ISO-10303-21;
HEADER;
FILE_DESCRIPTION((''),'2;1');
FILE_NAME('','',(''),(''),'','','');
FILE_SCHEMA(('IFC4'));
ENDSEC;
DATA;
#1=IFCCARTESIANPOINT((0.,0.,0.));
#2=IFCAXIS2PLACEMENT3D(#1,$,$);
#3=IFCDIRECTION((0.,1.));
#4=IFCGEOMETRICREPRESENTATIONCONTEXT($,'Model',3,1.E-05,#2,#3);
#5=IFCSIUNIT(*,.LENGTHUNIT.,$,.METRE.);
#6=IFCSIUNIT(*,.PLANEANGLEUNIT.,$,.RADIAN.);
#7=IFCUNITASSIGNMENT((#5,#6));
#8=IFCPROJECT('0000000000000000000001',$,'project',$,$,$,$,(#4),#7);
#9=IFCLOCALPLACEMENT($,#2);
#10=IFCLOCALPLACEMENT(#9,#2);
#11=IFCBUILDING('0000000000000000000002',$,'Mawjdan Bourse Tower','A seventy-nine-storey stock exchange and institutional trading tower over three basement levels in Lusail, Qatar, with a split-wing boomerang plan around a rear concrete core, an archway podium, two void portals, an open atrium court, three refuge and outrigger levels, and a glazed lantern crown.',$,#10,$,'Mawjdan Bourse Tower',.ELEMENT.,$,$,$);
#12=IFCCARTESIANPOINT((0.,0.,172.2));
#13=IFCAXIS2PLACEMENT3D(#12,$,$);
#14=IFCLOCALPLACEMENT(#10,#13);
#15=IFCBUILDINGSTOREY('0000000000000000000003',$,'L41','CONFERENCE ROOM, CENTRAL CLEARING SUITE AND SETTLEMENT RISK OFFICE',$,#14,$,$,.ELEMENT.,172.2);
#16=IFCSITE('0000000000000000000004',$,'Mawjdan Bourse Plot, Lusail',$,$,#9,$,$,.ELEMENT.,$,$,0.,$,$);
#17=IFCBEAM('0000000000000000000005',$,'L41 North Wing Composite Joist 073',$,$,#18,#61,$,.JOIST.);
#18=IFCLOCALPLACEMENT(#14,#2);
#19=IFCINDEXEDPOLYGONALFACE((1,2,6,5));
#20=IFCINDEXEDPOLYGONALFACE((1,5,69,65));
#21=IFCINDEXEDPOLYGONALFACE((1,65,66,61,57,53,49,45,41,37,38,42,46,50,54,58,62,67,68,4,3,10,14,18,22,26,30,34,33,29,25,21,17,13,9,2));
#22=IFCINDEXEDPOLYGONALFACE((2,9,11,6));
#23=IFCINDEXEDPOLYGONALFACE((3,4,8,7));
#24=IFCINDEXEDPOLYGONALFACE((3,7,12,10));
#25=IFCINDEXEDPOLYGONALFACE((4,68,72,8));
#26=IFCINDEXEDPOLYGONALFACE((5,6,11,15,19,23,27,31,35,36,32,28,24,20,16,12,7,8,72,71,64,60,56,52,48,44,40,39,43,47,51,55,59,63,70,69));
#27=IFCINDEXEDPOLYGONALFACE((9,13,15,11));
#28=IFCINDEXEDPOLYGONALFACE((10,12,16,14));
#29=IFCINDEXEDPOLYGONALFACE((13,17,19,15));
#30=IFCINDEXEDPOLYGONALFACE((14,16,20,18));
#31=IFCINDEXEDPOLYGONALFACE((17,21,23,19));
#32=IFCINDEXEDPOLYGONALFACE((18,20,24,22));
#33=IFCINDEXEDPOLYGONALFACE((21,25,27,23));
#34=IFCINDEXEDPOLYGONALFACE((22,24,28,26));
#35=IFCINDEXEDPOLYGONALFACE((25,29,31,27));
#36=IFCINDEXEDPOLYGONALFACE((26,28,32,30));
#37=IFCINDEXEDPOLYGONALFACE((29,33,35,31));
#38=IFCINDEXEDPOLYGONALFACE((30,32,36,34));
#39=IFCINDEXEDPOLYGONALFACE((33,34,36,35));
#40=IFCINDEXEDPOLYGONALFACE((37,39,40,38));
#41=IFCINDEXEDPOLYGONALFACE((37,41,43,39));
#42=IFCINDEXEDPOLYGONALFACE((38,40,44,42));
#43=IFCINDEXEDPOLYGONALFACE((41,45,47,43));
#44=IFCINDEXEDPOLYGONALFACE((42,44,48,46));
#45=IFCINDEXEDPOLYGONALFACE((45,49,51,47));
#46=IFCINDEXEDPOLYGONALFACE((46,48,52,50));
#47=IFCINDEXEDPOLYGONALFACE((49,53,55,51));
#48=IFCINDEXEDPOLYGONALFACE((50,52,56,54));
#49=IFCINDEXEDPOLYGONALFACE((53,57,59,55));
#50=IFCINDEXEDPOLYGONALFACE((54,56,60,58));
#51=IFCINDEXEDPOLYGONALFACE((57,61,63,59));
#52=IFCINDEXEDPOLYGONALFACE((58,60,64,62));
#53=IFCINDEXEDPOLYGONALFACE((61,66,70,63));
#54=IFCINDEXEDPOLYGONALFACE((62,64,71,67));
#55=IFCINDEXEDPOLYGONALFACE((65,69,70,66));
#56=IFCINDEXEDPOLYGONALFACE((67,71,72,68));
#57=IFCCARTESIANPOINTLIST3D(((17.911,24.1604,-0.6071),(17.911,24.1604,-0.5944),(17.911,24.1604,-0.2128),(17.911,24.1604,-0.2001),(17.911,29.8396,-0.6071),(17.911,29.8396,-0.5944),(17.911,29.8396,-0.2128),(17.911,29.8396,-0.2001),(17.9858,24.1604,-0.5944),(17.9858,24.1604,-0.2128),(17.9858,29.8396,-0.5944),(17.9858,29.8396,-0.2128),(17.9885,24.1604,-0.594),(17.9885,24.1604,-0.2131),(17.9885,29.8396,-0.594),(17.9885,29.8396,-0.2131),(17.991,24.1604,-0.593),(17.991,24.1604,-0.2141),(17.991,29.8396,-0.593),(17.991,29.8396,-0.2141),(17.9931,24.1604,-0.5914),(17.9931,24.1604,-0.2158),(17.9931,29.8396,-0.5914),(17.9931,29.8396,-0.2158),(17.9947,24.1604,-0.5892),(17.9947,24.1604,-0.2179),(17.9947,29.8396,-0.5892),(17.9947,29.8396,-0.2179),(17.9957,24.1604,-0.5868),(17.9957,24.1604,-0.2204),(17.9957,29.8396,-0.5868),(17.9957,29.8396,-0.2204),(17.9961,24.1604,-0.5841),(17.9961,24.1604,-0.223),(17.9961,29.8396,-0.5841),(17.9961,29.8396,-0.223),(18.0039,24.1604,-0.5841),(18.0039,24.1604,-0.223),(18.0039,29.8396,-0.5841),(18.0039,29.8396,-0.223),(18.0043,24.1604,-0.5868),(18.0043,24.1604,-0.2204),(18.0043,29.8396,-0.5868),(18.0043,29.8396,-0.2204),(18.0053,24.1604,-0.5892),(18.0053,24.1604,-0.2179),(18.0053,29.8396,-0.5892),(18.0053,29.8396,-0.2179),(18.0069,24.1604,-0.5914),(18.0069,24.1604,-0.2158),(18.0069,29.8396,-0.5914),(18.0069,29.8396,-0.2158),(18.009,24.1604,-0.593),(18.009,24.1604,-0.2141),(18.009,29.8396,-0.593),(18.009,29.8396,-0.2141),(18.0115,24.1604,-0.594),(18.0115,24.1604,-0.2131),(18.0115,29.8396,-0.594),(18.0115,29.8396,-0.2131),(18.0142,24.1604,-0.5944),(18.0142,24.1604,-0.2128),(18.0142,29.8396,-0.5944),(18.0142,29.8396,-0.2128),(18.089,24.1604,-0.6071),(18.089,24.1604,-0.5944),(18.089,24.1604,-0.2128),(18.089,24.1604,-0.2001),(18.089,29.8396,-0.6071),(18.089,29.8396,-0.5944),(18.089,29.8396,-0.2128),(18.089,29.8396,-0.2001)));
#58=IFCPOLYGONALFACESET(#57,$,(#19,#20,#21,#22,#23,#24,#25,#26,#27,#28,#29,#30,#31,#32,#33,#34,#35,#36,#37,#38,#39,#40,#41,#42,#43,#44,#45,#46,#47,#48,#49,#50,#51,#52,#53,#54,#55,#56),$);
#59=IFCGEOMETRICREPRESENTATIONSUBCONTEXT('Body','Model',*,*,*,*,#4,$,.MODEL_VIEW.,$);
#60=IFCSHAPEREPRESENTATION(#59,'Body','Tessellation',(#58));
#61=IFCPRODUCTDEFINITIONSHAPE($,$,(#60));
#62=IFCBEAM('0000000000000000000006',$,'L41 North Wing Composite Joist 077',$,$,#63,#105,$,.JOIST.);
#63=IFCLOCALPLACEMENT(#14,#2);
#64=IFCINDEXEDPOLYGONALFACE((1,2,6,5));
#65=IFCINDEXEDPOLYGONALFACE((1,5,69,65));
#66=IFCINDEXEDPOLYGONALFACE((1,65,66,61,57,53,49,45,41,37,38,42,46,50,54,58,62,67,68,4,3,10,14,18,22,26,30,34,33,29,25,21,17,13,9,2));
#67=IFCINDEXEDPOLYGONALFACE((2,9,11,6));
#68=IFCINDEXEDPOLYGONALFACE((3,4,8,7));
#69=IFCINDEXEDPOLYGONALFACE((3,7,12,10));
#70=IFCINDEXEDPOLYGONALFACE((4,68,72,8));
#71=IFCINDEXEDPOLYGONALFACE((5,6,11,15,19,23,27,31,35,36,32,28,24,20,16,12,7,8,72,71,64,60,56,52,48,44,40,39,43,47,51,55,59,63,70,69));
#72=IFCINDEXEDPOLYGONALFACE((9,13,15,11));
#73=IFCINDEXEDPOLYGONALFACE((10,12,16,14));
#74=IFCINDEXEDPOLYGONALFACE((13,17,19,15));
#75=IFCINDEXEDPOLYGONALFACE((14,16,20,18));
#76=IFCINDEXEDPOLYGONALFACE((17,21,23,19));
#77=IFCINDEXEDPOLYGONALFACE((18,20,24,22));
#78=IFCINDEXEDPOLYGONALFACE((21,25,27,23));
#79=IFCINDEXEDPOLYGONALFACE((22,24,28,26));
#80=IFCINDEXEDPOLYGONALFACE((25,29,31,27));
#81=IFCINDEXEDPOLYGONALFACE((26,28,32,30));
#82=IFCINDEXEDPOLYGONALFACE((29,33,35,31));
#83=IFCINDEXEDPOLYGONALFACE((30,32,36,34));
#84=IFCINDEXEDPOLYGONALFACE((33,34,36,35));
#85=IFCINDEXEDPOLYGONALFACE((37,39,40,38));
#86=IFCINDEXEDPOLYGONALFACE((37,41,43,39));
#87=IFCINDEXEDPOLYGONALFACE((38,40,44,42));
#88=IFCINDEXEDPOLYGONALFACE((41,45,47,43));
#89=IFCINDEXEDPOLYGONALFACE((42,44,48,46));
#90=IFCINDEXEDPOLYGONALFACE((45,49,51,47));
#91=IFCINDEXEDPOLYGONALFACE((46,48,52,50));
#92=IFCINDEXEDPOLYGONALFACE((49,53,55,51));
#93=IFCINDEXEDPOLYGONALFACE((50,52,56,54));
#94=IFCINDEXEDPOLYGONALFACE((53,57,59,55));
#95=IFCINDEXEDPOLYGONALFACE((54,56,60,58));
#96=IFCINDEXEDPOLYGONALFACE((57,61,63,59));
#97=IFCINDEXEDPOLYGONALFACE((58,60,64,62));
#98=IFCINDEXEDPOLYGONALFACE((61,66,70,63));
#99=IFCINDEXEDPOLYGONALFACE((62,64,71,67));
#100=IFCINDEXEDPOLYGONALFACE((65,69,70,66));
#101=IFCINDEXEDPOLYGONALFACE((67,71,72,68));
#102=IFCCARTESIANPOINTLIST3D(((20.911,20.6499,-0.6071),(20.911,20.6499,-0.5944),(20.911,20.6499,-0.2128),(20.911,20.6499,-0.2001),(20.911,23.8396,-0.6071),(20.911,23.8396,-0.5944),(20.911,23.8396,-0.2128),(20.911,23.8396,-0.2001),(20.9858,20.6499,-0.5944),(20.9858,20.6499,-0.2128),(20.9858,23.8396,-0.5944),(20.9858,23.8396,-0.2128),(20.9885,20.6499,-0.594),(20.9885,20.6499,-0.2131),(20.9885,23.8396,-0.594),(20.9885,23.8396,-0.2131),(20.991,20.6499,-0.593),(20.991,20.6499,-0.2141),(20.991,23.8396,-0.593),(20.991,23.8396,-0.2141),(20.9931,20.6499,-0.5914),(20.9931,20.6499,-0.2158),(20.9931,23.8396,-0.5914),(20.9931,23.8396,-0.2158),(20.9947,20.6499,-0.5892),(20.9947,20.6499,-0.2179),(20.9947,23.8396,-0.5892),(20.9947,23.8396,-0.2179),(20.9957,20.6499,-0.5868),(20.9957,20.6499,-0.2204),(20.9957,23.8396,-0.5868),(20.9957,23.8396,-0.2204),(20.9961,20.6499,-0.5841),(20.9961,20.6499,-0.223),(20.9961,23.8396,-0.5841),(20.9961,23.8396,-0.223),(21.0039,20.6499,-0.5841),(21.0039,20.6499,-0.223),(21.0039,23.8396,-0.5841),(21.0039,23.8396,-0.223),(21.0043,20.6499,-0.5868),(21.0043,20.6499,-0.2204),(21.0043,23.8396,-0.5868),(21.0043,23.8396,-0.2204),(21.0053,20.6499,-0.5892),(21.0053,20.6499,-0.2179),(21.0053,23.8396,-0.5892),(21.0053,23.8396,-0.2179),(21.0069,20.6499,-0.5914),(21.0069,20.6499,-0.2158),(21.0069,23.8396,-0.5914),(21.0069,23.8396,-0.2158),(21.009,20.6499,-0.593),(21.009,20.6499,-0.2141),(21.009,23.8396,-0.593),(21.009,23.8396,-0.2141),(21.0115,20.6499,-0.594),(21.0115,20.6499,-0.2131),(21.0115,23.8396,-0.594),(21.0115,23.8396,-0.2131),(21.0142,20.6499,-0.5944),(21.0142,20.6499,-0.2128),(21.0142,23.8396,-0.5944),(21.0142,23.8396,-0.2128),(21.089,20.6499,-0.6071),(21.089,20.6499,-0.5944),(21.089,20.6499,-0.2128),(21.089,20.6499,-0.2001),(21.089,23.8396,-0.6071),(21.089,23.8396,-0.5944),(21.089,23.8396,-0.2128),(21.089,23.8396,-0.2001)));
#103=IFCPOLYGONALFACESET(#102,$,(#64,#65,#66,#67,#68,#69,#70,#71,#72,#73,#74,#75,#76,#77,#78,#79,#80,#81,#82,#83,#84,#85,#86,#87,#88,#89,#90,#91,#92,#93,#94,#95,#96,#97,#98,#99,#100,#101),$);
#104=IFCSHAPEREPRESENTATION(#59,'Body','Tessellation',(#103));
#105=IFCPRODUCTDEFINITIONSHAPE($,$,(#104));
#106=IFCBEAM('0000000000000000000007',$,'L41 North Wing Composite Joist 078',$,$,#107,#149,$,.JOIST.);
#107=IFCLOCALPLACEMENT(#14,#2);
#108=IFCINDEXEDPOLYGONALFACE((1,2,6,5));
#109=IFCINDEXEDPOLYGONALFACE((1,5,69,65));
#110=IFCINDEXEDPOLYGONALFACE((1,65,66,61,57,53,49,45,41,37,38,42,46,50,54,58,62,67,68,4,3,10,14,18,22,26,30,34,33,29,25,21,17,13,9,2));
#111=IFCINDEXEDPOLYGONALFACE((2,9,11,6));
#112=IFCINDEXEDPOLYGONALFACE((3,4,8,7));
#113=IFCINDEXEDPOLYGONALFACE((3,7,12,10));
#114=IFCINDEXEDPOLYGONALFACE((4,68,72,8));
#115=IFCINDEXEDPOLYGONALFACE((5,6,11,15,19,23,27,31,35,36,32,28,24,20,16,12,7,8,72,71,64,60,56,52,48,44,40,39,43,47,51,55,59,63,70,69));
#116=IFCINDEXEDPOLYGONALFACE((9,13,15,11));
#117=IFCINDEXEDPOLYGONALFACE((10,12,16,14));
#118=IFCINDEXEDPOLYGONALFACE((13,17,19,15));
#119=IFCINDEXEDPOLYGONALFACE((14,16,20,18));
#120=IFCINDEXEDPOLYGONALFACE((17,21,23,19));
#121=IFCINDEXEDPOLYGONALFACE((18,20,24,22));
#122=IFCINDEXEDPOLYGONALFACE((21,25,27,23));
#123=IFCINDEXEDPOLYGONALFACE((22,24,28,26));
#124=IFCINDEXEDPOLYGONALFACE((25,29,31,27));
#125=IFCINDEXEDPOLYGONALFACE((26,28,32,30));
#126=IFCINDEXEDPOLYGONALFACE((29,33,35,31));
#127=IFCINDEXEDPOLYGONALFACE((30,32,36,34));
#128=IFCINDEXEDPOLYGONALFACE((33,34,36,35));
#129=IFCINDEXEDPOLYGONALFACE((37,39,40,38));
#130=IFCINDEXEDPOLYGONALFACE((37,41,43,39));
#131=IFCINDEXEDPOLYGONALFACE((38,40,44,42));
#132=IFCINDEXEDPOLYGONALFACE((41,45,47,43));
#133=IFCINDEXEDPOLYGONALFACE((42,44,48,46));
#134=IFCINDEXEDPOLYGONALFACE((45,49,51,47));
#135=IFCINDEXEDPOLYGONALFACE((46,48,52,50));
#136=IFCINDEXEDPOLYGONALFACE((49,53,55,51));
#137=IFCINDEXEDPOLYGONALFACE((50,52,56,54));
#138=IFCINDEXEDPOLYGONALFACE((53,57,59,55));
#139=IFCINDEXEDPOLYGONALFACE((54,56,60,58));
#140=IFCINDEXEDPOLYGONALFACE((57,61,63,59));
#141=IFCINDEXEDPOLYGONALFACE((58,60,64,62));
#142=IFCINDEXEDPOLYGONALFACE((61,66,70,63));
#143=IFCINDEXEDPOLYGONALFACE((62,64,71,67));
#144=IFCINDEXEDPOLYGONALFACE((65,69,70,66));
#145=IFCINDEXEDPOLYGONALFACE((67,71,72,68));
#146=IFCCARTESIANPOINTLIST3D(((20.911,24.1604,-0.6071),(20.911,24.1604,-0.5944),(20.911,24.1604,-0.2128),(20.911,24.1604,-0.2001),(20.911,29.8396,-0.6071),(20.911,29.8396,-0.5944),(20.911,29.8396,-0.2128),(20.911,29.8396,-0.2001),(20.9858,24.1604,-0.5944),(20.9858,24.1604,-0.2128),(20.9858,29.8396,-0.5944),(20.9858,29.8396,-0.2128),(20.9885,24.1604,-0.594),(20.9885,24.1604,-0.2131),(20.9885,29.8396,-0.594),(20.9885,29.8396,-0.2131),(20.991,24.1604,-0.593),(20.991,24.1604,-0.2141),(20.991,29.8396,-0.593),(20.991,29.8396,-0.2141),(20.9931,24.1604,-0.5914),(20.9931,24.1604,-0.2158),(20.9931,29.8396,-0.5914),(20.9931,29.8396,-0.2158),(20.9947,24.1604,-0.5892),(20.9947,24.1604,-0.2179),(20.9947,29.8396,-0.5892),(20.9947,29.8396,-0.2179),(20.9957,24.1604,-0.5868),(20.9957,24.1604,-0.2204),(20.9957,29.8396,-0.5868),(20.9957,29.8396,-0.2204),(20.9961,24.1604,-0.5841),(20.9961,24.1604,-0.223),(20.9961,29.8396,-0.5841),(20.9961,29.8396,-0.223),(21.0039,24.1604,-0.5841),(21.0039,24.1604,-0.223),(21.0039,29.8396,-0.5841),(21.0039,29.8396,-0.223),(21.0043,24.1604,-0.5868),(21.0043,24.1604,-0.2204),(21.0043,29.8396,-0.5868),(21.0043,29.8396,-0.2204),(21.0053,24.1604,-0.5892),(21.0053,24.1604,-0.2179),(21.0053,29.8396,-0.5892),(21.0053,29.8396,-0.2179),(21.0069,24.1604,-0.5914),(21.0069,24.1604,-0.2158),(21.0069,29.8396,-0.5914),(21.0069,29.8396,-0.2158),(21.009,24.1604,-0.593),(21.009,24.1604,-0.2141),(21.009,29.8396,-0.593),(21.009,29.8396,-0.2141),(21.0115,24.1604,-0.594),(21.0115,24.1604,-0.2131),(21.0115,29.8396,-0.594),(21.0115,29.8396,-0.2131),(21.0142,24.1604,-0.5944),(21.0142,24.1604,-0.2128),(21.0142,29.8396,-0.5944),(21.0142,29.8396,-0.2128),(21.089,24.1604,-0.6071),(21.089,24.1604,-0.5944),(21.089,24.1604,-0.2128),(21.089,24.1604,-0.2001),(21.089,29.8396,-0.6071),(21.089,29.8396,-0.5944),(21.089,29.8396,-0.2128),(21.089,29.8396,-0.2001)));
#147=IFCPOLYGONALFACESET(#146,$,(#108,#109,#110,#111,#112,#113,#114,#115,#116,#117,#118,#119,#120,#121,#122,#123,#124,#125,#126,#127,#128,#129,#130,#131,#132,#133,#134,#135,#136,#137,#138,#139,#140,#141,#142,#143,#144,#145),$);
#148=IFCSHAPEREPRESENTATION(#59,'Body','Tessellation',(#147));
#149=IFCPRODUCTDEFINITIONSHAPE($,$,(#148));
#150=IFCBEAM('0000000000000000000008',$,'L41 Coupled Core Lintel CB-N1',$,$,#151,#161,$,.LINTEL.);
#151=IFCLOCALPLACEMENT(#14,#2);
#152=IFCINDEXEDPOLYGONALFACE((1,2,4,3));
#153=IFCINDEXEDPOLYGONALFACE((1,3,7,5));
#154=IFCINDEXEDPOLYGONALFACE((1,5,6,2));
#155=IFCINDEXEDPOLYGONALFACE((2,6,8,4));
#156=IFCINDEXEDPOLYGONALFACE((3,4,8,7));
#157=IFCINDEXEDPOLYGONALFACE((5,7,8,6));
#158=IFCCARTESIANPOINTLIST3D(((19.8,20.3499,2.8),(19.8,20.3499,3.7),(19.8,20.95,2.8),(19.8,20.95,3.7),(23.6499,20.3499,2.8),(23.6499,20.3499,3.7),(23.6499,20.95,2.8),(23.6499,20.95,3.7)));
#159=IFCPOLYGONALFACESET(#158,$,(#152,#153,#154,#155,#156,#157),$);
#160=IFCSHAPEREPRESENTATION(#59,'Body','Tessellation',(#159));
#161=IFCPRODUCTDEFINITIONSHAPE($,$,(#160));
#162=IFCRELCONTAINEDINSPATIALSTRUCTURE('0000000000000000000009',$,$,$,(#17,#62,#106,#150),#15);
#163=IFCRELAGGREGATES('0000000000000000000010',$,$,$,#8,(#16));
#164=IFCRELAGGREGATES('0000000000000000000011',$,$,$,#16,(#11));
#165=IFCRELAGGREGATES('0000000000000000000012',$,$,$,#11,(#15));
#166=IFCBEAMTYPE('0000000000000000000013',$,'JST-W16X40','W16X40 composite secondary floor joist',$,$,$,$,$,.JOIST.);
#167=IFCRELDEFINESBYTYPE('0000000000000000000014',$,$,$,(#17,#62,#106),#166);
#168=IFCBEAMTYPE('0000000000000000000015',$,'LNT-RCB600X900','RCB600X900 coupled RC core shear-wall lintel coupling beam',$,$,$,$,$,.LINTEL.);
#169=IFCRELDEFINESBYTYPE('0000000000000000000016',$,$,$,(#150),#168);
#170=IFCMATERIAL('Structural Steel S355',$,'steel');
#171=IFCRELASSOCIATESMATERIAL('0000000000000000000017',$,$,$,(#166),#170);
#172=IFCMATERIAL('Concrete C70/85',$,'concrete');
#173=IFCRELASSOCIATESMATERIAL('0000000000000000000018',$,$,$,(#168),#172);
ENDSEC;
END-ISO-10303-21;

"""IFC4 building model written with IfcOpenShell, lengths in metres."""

from ifc_helpers import new_model, si_unit, direction, frame, origin, origin_2d, place, context, subcontext, project, spatial, rectangle, i_section, extrude, material, material_profile, profile_set, type_object, element, save


model = new_model("IFC4")

# Units and contexts
model_context = context("Model", 3, precision=1e-05, world=origin(), true_north=direction((0.0, 1.0)))
body_context = subcontext(model_context, "Body", "Model", "MODEL_VIEW")
ifc_project = project(units=[si_unit("LENGTHUNIT", "METRE"), si_unit("PLANEANGLEUNIT", "RADIAN")], contexts=[model_context])

# Site, building, storey
site_placement = place(None, origin())
site = spatial("IfcSite", under=ifc_project, at=site_placement, Name="Mawjdan Bourse Plot, Lusail", CompositionType="ELEMENT", RefElevation=0.0)
building_placement = place(site_placement, origin())
building = spatial("IfcBuilding", under=site, at=building_placement, Name="Mawjdan Bourse Tower", Description="A seventy-nine-storey stock exchange and institutional trading tower over three basement levels in Lusail, Qatar, with a split-wing boomerang plan around a rear concrete core, an archway podium, two void portals, an open atrium court, three refuge and outrigger levels, and a glazed lantern crown.", LongName="Mawjdan Bourse Tower", CompositionType="ELEMENT")
storey_placement = place(building_placement, frame((0.0, 0.0, 172.2)))
storey = spatial("IfcBuildingStorey", under=building, at=storey_placement, Name="L41", Description="CONFERENCE ROOM, CENTRAL CLEARING SUITE AND SETTLEMENT RISK OFFICE", CompositionType="ELEMENT", Elevation=172.2)

# Shared definitions
ifc_material_1 = material(Name="Concrete C70/85", Category="concrete")

# Beams
ifc_material_2 = material(Name="Structural Steel S355", Category="steel")
ifc_material_profile_1 = material_profile(ifc_material_2, i_section(OverallWidth=0.178, OverallDepth=0.407, WebThickness=0.0078, FlangeThickness=0.0127, FilletRadius=0.0103, at=origin_2d()), Name="W16X40")
ifc_profile_set_1 = profile_set([ifc_material_profile_1], Name="Structural Steel S355")
beam_type_1 = type_object("IfcBeamType", Name="JST-W16X40", Description="W16X40 composite secondary floor joist", PredefinedType="JOIST", material=ifc_profile_set_1)
beam_1_placement = place(storey_placement, frame((18.0, 24.1604, -0.4036), z_axis=(0.0, 1.0, 0.0), x_axis=(-1.0, 0.0, 0.0)))
element("IfcBeam", 1, at=beam_1_placement, inside=storey, type_object=beam_type_1, Name="L41 North Wing Composite Joist 073", PredefinedType="JOIST", context=body_context, shape_type="SweptSolid", body=[
    extrude(i_section(OverallWidth=0.178, OverallDepth=0.407, WebThickness=0.0078, FlangeThickness=0.0127, FilletRadius=0.0103, at=origin_2d()), origin(), (0.0, 0.0, 1.0), 5.6792),
])
beam_2_placement = place(storey_placement, frame((21.0, 20.6499, -0.4036), z_axis=(0.0, 1.0, 0.0), x_axis=(-1.0, 0.0, 0.0)))
element("IfcBeam", 2, at=beam_2_placement, inside=storey, type_object=beam_type_1, Name="L41 North Wing Composite Joist 077", PredefinedType="JOIST", context=body_context, shape_type="SweptSolid", body=[
    extrude(i_section(OverallWidth=0.178, OverallDepth=0.407, WebThickness=0.0078, FlangeThickness=0.0127, FilletRadius=0.0103, at=origin_2d()), origin(), (0.0, 0.0, 1.0), 3.1897),
])
beam_3_placement = place(storey_placement, frame((21.0, 24.1604, -0.4036), z_axis=(0.0, 1.0, 0.0), x_axis=(-1.0, 0.0, 0.0)))
element("IfcBeam", 3, at=beam_3_placement, inside=storey, type_object=beam_type_1, Name="L41 North Wing Composite Joist 078", PredefinedType="JOIST", context=body_context, shape_type="SweptSolid", body=[
    extrude(i_section(OverallWidth=0.178, OverallDepth=0.407, WebThickness=0.0078, FlangeThickness=0.0127, FilletRadius=0.0103, at=origin_2d()), origin(), (0.0, 0.0, 1.0), 5.6792),
])
ifc_material_profile_2 = material_profile(ifc_material_1, rectangle(XDim=0.6001, YDim=0.8999, at=origin_2d()), Name="RCB600X900")
ifc_profile_set_2 = profile_set([ifc_material_profile_2], Name="Concrete C70/85")
beam_type_2 = type_object("IfcBeamType", Name="LNT-RCB600X900", Description="RCB600X900 coupled RC core shear-wall lintel coupling beam", PredefinedType="LINTEL", material=ifc_profile_set_2)
beam_4_placement = place(storey_placement, frame((19.8, 20.6499, 3.25), z_axis=(1.0, 0.0, 0.0), x_axis=(0.0, 1.0, 0.0)))
element("IfcBeam", 4, at=beam_4_placement, inside=storey, type_object=beam_type_2, Name="L41 Coupled Core Lintel CB-N1", PredefinedType="LINTEL", context=body_context, shape_type="SweptSolid", body=[
    extrude(rectangle(XDim=0.6001, YDim=0.8999, at=origin_2d()), origin(), (0.0, 0.0, 1.0), 3.8499),
])

save(model, "model.ifc")
